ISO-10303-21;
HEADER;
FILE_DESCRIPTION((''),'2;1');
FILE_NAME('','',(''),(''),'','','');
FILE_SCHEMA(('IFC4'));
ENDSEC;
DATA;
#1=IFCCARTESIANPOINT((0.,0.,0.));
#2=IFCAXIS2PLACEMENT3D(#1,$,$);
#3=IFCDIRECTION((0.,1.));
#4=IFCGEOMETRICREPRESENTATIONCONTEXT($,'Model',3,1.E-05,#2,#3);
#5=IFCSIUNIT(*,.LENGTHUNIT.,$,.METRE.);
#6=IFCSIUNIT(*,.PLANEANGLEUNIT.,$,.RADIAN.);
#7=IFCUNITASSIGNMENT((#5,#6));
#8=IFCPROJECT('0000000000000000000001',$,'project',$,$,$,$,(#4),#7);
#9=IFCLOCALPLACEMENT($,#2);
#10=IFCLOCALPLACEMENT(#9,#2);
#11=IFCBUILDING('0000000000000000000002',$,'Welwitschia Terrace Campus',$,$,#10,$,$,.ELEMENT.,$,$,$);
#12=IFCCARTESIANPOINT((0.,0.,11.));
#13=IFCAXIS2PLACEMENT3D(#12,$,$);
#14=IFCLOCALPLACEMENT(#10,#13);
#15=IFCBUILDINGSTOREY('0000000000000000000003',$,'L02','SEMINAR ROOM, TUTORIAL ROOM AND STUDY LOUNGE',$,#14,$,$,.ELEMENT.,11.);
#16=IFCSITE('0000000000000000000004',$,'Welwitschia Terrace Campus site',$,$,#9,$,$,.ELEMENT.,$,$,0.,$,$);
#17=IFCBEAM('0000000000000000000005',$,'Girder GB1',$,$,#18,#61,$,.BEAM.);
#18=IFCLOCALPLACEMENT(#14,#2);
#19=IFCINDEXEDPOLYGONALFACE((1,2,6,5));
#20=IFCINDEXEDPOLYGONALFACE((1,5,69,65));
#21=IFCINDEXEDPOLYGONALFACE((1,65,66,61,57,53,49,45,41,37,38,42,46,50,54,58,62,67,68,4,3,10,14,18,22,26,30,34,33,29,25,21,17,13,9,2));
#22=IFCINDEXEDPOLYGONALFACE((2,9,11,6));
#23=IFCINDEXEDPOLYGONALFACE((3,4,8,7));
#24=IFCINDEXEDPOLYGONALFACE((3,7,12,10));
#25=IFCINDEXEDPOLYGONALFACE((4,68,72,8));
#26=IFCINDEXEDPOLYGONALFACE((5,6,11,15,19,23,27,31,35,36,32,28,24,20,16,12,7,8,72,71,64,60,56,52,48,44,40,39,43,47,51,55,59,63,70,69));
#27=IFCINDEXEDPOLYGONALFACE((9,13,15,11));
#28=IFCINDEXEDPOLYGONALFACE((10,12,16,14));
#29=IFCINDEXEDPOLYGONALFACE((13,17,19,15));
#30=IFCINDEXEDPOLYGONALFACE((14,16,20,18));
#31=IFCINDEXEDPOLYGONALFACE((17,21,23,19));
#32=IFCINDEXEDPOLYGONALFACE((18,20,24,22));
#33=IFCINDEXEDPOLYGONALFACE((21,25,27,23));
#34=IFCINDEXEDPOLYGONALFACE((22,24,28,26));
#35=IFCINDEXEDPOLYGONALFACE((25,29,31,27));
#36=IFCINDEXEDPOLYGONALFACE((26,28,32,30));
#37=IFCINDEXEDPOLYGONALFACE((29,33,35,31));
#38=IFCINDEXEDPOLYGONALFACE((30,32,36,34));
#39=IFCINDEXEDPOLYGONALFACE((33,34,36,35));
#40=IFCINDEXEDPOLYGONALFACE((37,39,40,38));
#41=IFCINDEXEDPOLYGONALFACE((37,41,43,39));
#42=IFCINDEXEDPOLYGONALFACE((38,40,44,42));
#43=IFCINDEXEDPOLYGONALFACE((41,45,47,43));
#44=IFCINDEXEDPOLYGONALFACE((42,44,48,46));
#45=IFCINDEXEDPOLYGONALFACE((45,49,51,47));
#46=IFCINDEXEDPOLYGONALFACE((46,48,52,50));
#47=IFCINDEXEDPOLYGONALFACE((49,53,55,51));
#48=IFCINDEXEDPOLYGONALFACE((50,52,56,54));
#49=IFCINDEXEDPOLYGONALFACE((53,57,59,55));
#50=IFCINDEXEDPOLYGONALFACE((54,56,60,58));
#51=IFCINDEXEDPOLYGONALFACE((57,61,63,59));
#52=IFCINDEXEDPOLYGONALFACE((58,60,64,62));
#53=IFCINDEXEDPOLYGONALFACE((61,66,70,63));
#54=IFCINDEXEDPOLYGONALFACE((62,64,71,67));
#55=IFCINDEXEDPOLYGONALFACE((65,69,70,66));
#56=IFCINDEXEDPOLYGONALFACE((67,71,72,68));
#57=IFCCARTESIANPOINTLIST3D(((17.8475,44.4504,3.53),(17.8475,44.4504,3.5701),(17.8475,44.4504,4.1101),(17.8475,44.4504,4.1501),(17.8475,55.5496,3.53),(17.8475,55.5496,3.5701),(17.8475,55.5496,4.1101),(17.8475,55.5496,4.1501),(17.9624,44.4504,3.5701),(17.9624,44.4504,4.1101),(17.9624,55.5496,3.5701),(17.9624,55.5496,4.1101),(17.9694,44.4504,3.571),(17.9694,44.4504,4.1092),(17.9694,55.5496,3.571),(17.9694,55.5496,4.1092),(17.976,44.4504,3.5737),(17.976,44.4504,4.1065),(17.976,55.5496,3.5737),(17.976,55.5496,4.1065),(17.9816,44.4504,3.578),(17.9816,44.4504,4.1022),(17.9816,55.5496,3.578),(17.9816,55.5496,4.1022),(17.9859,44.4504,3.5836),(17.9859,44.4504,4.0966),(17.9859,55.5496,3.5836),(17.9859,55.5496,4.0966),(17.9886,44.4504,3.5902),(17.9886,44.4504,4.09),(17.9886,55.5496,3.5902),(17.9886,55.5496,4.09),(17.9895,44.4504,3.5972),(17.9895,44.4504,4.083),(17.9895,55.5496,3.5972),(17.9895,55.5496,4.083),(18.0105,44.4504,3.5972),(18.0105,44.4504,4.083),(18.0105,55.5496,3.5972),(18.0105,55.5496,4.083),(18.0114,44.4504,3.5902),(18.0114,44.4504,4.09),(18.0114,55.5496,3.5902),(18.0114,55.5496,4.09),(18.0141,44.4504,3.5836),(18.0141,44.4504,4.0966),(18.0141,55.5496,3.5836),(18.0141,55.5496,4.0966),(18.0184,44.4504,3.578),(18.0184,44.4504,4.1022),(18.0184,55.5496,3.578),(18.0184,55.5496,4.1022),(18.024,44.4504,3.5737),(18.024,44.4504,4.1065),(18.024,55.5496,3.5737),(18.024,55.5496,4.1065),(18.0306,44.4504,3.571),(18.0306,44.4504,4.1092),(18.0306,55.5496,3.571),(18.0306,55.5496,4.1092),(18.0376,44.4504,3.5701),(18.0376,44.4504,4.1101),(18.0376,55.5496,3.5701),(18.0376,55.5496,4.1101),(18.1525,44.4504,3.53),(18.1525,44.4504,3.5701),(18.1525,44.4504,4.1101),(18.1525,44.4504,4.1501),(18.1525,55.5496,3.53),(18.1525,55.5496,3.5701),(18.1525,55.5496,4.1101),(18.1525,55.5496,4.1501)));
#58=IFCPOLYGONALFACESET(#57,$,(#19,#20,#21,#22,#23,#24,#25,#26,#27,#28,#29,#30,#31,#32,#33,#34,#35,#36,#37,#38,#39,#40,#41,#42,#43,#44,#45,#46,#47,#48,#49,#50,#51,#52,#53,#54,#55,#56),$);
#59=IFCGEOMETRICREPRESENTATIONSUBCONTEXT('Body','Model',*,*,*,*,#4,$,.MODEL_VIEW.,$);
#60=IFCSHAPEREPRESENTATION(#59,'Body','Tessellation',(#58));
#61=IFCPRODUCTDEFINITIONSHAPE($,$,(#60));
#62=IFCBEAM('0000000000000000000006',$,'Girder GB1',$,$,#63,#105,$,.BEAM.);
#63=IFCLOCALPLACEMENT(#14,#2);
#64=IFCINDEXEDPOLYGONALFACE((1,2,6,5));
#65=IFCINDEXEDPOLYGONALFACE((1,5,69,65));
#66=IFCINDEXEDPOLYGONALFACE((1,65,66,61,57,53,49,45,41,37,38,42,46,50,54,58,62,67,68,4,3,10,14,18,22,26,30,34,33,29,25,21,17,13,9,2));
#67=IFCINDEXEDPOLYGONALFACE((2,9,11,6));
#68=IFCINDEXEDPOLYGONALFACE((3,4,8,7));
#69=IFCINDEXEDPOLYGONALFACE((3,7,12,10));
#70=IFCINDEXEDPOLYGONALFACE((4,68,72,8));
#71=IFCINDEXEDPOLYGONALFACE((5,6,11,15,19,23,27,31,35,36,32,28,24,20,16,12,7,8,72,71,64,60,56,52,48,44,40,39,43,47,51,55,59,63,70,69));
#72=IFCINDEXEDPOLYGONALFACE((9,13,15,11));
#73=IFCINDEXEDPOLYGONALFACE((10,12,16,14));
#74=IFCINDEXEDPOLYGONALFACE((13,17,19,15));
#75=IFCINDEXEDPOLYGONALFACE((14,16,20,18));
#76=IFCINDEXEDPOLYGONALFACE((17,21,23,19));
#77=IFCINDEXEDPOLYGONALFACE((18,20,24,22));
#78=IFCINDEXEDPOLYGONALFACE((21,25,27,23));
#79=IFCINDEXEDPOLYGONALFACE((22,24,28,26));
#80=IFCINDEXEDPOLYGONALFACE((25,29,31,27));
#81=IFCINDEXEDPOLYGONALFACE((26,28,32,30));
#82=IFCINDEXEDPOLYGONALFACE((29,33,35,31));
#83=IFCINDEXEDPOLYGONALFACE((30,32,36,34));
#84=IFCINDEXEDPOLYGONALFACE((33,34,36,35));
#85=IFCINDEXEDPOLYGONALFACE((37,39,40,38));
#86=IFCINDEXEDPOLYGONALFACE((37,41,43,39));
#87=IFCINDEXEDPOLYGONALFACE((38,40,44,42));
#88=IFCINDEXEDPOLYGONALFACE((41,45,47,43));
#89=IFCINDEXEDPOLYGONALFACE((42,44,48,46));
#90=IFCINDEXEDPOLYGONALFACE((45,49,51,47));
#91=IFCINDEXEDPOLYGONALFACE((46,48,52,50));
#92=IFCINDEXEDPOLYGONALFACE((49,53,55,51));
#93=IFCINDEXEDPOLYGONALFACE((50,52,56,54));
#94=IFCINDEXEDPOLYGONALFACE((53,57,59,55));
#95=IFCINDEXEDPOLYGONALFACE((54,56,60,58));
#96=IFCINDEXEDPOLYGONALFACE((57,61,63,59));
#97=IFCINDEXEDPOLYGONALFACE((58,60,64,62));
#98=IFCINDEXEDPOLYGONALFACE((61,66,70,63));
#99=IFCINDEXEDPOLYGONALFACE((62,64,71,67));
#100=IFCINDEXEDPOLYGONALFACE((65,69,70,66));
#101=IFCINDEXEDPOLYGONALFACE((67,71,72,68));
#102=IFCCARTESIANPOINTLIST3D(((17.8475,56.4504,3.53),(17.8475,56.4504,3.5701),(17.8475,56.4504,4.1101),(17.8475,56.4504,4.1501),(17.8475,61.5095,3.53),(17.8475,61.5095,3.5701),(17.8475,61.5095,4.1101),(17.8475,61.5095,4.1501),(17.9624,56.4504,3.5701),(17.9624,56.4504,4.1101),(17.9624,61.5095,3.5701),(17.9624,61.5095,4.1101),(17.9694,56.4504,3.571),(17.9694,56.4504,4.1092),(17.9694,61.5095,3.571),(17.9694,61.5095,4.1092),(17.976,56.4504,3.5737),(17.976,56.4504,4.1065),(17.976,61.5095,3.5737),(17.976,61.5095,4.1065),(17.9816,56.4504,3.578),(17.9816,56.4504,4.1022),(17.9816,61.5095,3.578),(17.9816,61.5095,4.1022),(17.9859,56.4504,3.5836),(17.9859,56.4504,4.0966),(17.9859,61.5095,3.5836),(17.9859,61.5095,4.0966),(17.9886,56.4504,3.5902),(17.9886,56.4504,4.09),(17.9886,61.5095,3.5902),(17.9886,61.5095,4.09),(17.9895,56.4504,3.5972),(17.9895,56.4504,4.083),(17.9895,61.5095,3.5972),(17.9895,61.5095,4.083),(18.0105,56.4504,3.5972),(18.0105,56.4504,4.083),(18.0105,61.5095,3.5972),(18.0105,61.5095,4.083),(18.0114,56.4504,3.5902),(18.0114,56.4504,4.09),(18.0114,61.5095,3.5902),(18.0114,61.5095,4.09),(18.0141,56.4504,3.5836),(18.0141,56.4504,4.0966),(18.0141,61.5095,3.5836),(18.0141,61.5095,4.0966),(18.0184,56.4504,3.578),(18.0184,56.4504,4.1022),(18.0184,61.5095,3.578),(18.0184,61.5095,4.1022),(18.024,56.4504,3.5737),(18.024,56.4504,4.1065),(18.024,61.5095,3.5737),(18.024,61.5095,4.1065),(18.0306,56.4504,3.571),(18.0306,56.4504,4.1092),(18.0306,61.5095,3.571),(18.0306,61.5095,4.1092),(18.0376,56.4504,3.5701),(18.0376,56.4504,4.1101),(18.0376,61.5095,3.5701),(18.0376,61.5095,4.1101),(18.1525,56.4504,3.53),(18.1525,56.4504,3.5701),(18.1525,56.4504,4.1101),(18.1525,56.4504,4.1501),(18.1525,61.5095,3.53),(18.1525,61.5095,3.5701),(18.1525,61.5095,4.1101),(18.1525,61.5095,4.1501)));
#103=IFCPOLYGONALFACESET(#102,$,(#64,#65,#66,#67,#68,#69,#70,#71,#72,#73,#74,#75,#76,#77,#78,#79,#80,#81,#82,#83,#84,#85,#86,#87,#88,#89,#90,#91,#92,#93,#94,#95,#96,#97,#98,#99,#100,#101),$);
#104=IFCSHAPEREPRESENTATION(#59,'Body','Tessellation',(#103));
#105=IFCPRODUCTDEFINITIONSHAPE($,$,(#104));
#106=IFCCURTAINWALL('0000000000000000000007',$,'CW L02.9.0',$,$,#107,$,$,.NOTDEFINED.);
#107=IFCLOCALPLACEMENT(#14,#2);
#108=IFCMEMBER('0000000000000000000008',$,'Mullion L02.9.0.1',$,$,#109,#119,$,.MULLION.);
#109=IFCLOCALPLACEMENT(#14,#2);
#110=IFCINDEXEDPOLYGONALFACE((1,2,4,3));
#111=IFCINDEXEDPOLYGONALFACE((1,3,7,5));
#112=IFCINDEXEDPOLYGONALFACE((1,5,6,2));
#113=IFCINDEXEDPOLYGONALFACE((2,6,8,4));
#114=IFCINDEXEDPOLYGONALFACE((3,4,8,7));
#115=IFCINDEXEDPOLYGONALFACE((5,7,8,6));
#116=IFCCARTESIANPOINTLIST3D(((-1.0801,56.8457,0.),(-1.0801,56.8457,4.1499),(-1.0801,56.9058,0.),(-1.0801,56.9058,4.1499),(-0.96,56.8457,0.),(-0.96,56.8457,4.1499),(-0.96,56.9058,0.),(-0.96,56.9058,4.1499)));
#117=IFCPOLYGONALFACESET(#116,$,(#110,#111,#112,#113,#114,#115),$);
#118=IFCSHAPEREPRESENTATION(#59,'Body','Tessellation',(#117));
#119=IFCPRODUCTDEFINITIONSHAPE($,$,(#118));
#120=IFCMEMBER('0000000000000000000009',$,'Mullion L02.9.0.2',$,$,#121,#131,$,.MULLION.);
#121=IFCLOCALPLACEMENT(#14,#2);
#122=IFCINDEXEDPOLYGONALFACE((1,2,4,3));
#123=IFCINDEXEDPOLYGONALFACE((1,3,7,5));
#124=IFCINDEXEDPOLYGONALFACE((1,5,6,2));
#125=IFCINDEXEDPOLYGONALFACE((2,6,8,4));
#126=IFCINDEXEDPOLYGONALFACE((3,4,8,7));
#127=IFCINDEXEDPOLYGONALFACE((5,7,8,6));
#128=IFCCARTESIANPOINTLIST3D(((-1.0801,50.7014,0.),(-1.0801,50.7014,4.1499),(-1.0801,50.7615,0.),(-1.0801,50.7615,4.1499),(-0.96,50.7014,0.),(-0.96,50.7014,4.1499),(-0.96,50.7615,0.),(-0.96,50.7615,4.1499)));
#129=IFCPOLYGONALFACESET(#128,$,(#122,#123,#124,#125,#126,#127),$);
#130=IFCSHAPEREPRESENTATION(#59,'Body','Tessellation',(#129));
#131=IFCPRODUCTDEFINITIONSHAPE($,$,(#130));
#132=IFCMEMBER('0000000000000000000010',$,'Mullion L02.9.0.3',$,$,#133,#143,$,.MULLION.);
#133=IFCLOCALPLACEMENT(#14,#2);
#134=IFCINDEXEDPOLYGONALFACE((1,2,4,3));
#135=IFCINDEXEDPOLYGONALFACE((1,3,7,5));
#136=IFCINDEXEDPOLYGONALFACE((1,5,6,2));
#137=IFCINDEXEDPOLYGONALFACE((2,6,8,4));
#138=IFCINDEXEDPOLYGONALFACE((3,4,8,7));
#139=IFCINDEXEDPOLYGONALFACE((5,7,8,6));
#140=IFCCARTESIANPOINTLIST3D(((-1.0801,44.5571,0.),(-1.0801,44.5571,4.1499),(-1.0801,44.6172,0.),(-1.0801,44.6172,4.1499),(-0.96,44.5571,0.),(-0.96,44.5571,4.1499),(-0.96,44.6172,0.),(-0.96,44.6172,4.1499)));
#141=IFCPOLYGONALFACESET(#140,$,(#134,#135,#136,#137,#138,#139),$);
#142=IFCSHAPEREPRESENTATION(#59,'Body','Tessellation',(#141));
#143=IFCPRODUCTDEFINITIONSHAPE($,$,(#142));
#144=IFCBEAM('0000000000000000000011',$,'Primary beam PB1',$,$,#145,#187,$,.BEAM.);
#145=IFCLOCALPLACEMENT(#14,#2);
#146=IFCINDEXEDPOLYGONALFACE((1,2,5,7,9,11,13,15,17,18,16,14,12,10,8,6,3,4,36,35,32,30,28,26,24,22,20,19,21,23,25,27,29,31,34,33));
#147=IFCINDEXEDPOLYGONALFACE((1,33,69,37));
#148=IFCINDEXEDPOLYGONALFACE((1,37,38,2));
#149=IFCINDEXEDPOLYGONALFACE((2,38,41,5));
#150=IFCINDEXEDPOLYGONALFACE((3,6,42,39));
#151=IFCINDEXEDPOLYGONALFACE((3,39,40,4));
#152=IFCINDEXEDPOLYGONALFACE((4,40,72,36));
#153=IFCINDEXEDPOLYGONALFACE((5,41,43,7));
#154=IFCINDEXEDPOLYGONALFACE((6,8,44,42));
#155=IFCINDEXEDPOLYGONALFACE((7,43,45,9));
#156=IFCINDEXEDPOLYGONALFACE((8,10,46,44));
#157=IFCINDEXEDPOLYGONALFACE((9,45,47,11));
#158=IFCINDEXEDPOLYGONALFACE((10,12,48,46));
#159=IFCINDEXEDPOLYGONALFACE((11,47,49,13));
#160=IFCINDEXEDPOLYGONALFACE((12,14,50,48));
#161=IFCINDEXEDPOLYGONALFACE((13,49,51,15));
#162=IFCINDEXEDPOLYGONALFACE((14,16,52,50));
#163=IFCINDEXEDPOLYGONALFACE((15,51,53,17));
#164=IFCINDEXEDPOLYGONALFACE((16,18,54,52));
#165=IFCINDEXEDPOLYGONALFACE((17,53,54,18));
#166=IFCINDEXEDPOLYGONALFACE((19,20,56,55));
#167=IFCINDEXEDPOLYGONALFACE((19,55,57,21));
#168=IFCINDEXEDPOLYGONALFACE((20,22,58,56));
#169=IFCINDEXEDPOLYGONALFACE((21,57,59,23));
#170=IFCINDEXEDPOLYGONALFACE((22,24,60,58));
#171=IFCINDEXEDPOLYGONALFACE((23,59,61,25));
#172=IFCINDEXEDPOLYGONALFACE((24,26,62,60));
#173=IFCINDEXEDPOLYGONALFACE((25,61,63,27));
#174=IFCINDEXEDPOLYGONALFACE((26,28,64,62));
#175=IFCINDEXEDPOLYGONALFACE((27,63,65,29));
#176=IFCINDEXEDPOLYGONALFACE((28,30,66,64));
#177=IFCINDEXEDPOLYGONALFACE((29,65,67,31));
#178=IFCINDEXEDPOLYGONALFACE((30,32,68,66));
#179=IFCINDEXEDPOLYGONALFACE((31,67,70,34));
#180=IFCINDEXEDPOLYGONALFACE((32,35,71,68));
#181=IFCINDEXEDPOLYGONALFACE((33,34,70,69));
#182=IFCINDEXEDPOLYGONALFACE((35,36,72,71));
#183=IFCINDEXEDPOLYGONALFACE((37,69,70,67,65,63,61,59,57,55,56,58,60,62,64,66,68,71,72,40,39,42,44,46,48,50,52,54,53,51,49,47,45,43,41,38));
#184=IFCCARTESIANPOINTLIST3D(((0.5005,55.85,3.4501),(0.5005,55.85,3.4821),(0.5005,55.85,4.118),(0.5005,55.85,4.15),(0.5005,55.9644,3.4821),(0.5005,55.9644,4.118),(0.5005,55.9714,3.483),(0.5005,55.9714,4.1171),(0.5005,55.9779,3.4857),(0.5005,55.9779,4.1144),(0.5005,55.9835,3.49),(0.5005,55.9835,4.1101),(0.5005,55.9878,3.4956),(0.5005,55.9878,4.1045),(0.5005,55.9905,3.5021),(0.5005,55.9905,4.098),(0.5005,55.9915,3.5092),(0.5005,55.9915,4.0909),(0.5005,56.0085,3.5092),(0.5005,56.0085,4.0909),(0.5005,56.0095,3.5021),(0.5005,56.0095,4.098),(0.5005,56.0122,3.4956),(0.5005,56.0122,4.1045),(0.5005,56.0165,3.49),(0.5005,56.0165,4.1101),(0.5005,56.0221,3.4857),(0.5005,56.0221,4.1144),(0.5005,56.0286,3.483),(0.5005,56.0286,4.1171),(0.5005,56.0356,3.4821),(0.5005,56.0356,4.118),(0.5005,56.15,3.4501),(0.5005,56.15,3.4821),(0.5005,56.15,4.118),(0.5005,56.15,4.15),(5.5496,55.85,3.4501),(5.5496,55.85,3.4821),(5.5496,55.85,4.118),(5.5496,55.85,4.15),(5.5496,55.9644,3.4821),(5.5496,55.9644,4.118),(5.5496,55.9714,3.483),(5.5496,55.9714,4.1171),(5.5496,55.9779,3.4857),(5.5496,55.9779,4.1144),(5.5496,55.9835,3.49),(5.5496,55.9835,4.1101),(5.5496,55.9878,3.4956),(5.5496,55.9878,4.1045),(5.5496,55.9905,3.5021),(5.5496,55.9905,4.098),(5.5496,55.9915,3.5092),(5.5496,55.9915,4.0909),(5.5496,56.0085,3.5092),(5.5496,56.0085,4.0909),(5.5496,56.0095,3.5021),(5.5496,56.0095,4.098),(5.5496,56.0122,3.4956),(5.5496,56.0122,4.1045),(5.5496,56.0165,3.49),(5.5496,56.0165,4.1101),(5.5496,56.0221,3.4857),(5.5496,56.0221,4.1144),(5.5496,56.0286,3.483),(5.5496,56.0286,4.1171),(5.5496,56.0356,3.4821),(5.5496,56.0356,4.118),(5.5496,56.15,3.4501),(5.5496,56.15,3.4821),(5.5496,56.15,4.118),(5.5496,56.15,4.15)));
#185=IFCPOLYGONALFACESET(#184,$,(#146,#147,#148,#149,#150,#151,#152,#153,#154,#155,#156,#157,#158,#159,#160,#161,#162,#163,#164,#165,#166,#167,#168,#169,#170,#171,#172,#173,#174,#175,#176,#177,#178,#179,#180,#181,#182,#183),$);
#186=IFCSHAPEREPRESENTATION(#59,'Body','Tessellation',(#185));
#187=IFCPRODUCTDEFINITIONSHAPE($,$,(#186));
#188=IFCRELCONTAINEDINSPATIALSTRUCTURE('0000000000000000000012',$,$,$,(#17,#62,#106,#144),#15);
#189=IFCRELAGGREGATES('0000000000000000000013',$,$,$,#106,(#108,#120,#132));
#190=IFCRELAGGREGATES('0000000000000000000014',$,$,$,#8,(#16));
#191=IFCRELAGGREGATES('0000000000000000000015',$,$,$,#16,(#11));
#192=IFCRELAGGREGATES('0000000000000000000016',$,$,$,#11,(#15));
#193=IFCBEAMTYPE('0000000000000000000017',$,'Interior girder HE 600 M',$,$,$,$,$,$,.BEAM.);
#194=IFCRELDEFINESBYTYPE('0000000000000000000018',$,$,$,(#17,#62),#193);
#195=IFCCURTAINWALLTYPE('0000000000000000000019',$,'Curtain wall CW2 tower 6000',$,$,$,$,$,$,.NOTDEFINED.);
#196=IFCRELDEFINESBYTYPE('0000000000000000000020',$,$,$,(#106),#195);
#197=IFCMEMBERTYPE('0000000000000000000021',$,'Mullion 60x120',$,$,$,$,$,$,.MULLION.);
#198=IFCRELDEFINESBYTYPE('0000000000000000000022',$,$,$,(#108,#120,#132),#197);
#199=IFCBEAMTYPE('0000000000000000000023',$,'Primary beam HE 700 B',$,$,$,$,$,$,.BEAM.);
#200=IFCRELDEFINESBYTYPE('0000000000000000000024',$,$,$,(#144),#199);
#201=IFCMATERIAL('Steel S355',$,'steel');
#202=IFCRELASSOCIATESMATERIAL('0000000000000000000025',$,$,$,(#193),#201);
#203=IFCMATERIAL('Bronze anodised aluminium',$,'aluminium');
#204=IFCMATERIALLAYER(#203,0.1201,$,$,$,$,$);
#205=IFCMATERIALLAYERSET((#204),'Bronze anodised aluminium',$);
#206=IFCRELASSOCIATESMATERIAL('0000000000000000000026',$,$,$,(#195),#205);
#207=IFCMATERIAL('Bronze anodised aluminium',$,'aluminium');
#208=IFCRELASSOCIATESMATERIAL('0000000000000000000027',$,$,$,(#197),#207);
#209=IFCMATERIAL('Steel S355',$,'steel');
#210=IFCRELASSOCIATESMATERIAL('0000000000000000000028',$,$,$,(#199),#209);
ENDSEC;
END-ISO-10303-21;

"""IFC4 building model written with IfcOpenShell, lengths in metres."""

from ifc_helpers import new_model, si_unit, direction, frame, origin, origin_2d, place, context, subcontext, project, spatial, rectangle, i_section, extrude, material, layer, layer_set, material_profile, profile_set, type_object, element, aggregate, save


model = new_model("IFC4")

# Units and contexts
model_context = context("Model", 3, precision=1e-05, world=origin(), true_north=direction((0.0, 1.0)))
body_context = subcontext(model_context, "Body", "Model", "MODEL_VIEW")
ifc_project = project(units=[si_unit("LENGTHUNIT", "METRE"), si_unit("PLANEANGLEUNIT", "RADIAN")], contexts=[model_context])

# Site, building, storey
site_placement = place(None, origin())
site = spatial("IfcSite", under=ifc_project, at=site_placement, Name="Welwitschia Terrace Campus site", CompositionType="ELEMENT", RefElevation=0.0)
building_placement = place(site_placement, origin())
building = spatial("IfcBuilding", under=site, at=building_placement, Name="Welwitschia Terrace Campus", CompositionType="ELEMENT")
storey_placement = place(building_placement, frame((0.0, 0.0, 11.0)))
storey = spatial("IfcBuildingStorey", under=building, at=storey_placement, Name="L02", Description="SEMINAR ROOM, TUTORIAL ROOM AND STUDY LOUNGE", CompositionType="ELEMENT", Elevation=11.0)

# Beams
ifc_material_1 = material(Name="Steel S355", Category="steel")
ifc_material_profile_1 = material_profile(ifc_material_1, i_section(OverallWidth=0.3049, OverallDepth=0.6201, WebThickness=0.021, FlangeThickness=0.04, FilletRadius=0.0271, at=origin_2d()))
ifc_profile_set_1 = profile_set([ifc_material_profile_1], Name="Steel S355")
beam_type_1 = type_object("IfcBeamType", Name="Interior girder HE 600 M", PredefinedType="BEAM", material=ifc_profile_set_1)
beam_1_placement = place(storey_placement, frame((18.0, 44.4504, 3.8401), z_axis=(0.0, 1.0, 0.0), x_axis=(-1.0, 0.0, 0.0)))
element("IfcBeam", 1, at=beam_1_placement, inside=storey, type_object=beam_type_1, Name="Girder GB1", PredefinedType="BEAM", context=body_context, shape_type="SweptSolid", body=[
    extrude(i_section(OverallWidth=0.3049, OverallDepth=0.6201, WebThickness=0.021, FlangeThickness=0.04, FilletRadius=0.0271, at=origin_2d()), origin(), (0.0, 0.0, 1.0), 11.0991),
])
beam_2_placement = place(storey_placement, frame((18.0, 56.4504, 3.8401), z_axis=(0.0, 1.0, 0.0), x_axis=(-1.0, 0.0, 0.0)))
element("IfcBeam", 2, at=beam_2_placement, inside=storey, type_object=beam_type_1, Name="Girder GB1", PredefinedType="BEAM", context=body_context, shape_type="SweptSolid", body=[
    extrude(i_section(OverallWidth=0.3049, OverallDepth=0.6201, WebThickness=0.021, FlangeThickness=0.04, FilletRadius=0.0271, at=origin_2d()), origin(), (0.0, 0.0, 1.0), 5.0591),
])

# Curtain wall, members
ifc_material_2 = material(Name="Bronze anodised aluminium", Category="aluminium")
ifc_layer_1 = layer(ifc_material_2, 0.1201)
ifc_layer_set_1 = layer_set([ifc_layer_1], Name="Bronze anodised aluminium")
curtain_wall_type = type_object("IfcCurtainWallType", Name="Curtain wall CW2 tower 6000", PredefinedType="NOTDEFINED", material=ifc_layer_set_1)
curtain_wall_placement = place(storey_placement, origin())
curtain_wall = element("IfcCurtainWall", 3, at=curtain_wall_placement, inside=storey, type_object=curtain_wall_type, Name="CW L02.9.0", PredefinedType="NOTDEFINED")
ifc_material_3 = material(Name="Bronze anodised aluminium", Category="aluminium")
ifc_material_profile_2 = material_profile(ifc_material_3, rectangle(XDim=0.1201, YDim=0.0601, at=origin_2d()))
ifc_profile_set_2 = profile_set([ifc_material_profile_2], Name="Bronze anodised aluminium")
member_type = type_object("IfcMemberType", Name="Mullion 60x120", PredefinedType="MULLION", material=ifc_profile_set_2)
member_1_placement = place(storey_placement, frame((-1.02, 56.8757, 0.0), z_axis=(0.0, 0.0, 1.0), x_axis=(1.0, 0.0, 0.0)))
member_1 = element("IfcMember", 4, at=member_1_placement, type_object=member_type, Name="Mullion L02.9.0.1", PredefinedType="MULLION", context=body_context, shape_type="SweptSolid", body=[
    extrude(rectangle(XDim=0.1201, YDim=0.0601, at=origin_2d()), origin(), (0.0, 0.0, 1.0), 4.1499),
])
member_2_placement = place(storey_placement, frame((-1.02, 50.7314, 0.0), z_axis=(0.0, 0.0, 1.0), x_axis=(1.0, 0.0, 0.0)))
member_2 = element("IfcMember", 5, at=member_2_placement, type_object=member_type, Name="Mullion L02.9.0.2", PredefinedType="MULLION", context=body_context, shape_type="SweptSolid", body=[
    extrude(rectangle(XDim=0.1201, YDim=0.0601, at=origin_2d()), origin(), (0.0, 0.0, 1.0), 4.1499),
])
member_3_placement = place(storey_placement, frame((-1.02, 44.5872, 0.0), z_axis=(0.0, 0.0, 1.0), x_axis=(1.0, 0.0, 0.0)))
member_3 = element("IfcMember", 6, at=member_3_placement, type_object=member_type, Name="Mullion L02.9.0.3", PredefinedType="MULLION", context=body_context, shape_type="SweptSolid", body=[
    extrude(rectangle(XDim=0.1201, YDim=0.0601, at=origin_2d()), origin(), (0.0, 0.0, 1.0), 4.1499),
])

# Beam
ifc_material_4 = material(Name="Steel S355", Category="steel")
ifc_material_profile_3 = material_profile(ifc_material_4, i_section(OverallWidth=0.3, OverallDepth=0.7, WebThickness=0.0171, FlangeThickness=0.032, FilletRadius=0.0271, at=origin_2d()))
ifc_profile_set_3 = profile_set([ifc_material_profile_3], Name="Steel S355")
beam_type_2 = type_object("IfcBeamType", Name="Primary beam HE 700 B", PredefinedType="BEAM", material=ifc_profile_set_3)
for number, where, z_axis, x_axis, name in (
    (7, (0.5005, 56.0, 3.8), (1.0, 0.0, 0.0), (0.0, 1.0, 0.0), "Primary beam PB1"),
):
    element("IfcBeam", number, at=place(storey_placement, frame(where, z_axis=z_axis, x_axis=x_axis)), inside=storey, type_object=beam_type_2, Name=name, PredefinedType="BEAM", context=body_context, shape_type="SweptSolid", body=[
        extrude(i_section(OverallWidth=0.3, OverallDepth=0.7, WebThickness=0.0171, FlangeThickness=0.032, FilletRadius=0.0271, at=origin_2d()), origin(), (0.0, 0.0, 1.0), 5.0491),
    ])

aggregate(curtain_wall, [member_1, member_2, member_3])

save(model, "model.ifc")
